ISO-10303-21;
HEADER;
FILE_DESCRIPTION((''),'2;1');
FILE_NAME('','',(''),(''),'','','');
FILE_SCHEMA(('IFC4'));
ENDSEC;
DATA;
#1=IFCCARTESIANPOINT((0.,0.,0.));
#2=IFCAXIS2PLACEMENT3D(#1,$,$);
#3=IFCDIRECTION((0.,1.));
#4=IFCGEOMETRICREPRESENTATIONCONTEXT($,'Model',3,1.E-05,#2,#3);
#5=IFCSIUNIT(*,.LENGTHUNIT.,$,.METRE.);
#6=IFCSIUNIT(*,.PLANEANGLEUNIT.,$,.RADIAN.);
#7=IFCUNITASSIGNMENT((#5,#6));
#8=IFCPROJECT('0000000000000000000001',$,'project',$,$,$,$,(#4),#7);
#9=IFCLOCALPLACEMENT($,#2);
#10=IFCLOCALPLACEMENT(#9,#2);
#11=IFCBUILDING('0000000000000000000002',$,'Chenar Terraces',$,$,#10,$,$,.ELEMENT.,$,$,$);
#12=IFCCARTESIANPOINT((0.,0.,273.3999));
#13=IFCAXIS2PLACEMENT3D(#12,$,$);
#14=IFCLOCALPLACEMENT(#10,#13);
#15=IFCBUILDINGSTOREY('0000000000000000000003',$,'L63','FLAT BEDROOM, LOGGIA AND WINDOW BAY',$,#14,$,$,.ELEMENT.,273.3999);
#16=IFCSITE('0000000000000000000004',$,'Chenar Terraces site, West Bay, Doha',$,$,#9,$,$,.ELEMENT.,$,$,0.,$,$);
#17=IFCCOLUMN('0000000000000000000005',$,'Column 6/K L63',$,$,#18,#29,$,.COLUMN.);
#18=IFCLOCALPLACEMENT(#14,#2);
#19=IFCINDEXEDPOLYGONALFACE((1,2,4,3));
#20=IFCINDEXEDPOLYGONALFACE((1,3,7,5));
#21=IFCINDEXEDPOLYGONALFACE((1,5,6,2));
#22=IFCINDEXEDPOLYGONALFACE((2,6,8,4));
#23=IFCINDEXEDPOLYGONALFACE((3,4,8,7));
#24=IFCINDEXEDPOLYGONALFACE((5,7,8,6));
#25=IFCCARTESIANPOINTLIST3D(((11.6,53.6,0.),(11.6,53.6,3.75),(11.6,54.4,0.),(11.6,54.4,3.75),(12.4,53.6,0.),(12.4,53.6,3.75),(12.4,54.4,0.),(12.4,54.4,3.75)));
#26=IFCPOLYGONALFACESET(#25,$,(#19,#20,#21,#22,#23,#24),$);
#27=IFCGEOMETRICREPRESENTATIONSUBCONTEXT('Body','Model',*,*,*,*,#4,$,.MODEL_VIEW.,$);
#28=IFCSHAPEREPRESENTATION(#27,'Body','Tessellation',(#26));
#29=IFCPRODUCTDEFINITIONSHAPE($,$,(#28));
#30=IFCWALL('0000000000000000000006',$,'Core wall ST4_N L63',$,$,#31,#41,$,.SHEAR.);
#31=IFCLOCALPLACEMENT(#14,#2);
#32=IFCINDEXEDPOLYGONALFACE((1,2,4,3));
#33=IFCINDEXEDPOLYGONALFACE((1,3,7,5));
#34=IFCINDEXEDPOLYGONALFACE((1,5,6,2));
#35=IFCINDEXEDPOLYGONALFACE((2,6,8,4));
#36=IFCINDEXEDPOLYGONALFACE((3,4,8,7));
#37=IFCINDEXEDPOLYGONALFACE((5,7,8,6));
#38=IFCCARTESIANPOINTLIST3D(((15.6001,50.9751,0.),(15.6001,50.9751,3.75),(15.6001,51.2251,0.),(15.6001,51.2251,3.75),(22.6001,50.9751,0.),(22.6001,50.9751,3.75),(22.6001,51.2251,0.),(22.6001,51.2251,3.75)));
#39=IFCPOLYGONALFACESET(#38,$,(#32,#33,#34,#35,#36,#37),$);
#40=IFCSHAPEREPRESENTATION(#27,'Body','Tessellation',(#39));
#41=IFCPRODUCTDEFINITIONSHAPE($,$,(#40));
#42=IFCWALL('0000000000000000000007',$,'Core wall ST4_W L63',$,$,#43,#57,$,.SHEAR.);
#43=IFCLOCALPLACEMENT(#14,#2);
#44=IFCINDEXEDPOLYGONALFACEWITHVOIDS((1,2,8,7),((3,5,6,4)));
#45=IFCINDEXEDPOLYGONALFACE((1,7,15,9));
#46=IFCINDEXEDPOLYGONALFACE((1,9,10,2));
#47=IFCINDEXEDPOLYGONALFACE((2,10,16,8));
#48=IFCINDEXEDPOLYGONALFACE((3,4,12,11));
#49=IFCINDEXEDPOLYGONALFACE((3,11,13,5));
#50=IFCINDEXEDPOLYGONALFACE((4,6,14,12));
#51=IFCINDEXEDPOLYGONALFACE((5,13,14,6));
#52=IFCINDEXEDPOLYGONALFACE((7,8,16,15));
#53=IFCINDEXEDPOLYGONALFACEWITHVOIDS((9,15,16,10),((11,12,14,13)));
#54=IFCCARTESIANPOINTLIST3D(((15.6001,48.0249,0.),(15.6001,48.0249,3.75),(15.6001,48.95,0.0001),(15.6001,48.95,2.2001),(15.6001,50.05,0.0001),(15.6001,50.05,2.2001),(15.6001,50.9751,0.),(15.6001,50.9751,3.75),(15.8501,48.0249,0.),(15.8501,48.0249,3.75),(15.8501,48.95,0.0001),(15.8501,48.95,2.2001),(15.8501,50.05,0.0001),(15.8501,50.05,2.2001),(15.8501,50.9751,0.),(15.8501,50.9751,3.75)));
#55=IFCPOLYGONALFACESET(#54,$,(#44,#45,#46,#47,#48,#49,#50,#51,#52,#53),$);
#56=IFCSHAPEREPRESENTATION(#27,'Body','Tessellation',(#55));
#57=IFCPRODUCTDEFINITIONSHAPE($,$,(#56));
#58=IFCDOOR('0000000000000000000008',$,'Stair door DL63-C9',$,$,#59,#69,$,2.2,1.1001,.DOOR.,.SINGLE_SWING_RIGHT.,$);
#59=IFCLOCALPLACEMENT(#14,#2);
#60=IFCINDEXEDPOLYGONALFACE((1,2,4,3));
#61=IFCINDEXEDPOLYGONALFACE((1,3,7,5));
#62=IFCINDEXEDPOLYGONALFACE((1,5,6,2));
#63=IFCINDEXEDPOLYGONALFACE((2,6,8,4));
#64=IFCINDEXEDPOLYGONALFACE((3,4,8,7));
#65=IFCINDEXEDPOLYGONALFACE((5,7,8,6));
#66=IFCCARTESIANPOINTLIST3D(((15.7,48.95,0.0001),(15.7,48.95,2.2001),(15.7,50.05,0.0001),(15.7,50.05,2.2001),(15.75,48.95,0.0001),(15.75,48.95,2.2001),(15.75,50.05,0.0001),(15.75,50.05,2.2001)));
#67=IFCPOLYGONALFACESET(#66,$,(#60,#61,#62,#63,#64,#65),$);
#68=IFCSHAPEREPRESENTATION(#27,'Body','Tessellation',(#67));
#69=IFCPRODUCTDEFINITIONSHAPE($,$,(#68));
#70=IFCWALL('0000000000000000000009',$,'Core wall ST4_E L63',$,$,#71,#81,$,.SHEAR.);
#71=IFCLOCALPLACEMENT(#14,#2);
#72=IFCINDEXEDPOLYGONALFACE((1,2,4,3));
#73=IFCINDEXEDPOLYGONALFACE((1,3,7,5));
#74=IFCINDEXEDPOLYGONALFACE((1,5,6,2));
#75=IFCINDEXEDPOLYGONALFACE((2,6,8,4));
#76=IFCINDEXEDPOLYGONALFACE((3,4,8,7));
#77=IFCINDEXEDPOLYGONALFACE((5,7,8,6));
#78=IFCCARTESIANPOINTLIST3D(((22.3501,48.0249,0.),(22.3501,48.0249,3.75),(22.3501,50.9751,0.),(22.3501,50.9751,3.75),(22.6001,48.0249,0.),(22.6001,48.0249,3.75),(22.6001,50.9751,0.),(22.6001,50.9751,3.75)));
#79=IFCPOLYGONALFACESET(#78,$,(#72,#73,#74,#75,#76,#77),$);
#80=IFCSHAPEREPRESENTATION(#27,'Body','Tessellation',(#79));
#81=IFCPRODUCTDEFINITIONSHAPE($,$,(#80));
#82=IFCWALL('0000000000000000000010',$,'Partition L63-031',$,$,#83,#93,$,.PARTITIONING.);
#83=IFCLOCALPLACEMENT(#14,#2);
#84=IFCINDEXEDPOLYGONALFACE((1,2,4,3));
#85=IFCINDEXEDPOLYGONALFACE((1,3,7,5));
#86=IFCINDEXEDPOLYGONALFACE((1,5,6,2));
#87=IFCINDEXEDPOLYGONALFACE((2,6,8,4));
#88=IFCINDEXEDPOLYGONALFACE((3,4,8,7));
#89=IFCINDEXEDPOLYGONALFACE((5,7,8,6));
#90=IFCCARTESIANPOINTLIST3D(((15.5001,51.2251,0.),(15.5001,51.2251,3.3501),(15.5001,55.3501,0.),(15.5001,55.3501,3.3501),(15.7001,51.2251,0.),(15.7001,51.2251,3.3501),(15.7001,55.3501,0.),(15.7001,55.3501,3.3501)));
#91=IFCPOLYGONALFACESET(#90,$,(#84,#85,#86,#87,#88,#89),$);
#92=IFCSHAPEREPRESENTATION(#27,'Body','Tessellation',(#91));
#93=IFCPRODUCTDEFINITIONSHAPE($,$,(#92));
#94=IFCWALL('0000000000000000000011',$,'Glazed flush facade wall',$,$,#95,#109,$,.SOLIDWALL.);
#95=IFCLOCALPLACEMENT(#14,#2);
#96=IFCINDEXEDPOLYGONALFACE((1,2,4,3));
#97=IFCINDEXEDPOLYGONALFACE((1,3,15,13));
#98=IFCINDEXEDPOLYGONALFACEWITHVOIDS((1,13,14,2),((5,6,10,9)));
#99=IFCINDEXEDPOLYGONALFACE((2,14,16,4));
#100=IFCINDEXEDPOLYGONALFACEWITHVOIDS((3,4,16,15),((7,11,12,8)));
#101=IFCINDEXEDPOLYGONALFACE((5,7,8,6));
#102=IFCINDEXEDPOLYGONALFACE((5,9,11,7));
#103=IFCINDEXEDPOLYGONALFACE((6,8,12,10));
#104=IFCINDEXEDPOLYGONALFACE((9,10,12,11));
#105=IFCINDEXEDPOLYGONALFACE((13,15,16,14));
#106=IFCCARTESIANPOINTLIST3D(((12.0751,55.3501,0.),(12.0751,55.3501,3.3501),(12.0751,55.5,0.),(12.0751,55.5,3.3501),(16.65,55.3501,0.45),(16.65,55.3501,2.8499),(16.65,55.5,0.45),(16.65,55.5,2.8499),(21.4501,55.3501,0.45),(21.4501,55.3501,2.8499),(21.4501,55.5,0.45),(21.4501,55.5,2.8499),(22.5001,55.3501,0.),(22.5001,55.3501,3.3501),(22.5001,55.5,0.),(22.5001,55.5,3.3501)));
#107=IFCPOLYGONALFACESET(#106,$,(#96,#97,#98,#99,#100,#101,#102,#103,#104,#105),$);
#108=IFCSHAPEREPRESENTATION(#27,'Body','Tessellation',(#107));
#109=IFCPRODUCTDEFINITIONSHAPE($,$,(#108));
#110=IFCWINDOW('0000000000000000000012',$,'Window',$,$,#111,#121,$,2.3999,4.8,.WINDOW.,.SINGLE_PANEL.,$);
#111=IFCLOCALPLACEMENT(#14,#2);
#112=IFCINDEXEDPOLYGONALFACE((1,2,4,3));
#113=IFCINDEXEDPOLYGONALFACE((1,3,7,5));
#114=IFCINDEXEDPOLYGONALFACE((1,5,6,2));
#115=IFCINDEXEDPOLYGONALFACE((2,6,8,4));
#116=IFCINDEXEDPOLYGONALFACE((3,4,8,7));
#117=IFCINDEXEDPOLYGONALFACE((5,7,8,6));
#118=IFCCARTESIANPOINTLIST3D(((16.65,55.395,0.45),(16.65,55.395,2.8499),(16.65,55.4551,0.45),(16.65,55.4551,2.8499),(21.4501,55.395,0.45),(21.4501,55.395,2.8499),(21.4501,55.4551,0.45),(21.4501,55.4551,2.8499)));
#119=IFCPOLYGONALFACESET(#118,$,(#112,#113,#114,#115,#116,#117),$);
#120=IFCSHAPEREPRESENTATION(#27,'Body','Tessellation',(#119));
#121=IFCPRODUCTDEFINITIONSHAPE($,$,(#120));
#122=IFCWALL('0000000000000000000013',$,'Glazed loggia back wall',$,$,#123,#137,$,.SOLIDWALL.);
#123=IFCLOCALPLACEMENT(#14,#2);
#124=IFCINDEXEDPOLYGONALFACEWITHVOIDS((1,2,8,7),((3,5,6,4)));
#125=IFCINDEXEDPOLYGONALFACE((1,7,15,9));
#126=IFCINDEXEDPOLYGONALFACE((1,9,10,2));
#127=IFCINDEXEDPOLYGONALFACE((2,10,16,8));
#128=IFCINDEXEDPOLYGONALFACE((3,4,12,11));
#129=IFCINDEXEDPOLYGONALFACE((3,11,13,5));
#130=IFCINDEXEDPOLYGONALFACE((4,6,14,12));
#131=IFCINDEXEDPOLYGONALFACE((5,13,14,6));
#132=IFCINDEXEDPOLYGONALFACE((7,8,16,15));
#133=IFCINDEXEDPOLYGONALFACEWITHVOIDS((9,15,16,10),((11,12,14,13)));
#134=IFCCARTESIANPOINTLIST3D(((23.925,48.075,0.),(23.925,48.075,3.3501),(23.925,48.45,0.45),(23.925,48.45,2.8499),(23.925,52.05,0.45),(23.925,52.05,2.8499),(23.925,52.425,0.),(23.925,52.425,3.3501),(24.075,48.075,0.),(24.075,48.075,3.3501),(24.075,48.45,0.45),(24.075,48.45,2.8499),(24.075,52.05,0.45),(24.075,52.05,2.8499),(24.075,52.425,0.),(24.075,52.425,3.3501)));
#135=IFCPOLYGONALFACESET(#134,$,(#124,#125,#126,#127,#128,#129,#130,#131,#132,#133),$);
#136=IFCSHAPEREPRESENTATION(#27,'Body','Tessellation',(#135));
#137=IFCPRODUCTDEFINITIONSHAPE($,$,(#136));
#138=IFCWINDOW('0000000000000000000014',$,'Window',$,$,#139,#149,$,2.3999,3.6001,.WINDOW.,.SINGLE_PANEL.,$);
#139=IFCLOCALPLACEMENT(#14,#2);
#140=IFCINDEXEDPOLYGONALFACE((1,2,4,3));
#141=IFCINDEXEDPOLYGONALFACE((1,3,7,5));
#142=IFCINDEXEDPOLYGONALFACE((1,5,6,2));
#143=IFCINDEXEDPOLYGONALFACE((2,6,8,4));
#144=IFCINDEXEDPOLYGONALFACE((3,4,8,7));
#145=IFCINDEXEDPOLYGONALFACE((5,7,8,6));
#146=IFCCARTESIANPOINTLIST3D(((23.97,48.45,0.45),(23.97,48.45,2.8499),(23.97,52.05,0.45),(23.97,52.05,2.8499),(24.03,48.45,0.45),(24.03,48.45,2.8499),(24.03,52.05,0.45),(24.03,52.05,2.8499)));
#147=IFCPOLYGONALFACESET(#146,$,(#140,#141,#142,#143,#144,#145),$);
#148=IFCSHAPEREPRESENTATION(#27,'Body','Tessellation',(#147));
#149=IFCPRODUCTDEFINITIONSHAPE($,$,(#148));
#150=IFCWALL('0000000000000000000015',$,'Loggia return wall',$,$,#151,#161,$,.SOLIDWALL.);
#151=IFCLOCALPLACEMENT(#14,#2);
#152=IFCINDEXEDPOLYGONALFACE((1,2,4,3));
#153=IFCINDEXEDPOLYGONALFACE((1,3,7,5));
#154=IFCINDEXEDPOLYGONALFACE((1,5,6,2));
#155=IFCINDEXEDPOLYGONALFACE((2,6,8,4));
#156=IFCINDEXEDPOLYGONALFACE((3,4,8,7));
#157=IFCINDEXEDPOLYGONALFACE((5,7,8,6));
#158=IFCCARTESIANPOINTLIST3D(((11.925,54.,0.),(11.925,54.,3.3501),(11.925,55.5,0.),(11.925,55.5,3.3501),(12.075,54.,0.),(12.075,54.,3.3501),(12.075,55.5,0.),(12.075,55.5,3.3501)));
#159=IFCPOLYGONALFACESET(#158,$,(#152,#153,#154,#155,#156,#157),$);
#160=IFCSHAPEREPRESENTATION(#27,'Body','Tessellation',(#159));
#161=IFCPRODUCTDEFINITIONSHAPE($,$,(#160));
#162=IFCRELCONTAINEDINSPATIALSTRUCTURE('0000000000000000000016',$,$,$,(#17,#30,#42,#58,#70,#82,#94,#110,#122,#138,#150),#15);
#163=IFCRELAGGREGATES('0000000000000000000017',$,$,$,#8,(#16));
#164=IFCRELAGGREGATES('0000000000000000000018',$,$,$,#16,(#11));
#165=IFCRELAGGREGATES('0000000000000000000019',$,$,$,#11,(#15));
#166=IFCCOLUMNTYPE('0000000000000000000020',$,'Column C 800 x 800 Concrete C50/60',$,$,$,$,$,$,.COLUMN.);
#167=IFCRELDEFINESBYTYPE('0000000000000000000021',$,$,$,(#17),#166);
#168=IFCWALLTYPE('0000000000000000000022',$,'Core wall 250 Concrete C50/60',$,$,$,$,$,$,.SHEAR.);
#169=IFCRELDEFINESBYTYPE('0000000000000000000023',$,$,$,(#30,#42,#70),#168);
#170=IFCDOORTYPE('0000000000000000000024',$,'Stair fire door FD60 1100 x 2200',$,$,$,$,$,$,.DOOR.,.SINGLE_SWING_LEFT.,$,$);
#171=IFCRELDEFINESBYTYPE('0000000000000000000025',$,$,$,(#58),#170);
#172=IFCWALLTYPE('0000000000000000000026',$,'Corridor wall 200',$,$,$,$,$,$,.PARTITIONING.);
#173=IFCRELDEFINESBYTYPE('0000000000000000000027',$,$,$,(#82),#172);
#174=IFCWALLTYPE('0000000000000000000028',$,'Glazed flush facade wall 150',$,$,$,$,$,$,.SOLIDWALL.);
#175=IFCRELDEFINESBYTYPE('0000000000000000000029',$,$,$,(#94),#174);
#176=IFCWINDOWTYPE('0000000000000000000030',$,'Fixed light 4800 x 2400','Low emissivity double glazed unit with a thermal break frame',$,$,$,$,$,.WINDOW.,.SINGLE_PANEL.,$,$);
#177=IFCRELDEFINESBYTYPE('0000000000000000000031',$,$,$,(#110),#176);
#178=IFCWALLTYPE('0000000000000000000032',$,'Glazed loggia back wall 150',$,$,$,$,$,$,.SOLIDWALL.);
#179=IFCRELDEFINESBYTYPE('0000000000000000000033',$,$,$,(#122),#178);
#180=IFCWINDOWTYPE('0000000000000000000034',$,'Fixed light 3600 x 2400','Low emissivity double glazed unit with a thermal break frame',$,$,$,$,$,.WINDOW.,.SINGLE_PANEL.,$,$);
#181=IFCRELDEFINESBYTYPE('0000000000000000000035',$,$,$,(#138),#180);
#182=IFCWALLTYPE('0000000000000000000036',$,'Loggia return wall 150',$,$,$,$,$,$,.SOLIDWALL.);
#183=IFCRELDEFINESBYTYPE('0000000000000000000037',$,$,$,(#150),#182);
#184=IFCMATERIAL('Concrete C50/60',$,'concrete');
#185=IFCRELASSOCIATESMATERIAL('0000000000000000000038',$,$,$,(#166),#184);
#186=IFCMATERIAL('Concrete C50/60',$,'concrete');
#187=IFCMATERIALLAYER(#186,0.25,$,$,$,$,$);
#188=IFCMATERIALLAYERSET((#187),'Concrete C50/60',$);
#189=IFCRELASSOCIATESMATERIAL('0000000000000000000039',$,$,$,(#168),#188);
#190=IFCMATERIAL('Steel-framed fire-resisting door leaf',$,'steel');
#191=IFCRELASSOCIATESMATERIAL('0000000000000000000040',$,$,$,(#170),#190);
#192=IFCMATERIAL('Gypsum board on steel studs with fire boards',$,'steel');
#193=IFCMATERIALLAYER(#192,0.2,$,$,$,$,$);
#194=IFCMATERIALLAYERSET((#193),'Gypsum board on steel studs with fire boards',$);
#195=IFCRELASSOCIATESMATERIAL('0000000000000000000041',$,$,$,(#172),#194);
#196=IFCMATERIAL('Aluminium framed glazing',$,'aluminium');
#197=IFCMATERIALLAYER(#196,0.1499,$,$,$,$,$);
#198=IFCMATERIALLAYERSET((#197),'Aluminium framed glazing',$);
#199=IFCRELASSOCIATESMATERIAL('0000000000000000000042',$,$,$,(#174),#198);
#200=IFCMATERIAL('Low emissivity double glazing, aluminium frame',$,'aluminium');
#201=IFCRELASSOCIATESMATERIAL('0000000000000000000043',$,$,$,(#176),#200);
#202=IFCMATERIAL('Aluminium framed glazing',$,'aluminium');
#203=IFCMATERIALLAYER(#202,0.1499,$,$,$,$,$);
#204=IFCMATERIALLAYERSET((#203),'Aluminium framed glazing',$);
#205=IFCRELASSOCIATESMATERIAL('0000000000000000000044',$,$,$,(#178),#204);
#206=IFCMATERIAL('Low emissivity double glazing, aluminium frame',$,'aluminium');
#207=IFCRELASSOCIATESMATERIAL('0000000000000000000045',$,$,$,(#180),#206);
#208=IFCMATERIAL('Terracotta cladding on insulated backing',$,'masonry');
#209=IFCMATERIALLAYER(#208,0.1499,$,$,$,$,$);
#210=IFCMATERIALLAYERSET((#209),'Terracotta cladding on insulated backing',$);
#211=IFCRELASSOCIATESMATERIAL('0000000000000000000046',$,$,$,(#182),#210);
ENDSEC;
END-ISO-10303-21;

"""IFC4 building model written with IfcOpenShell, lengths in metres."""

from ifc_helpers import new_model, si_unit, direction, frame, frame_2d, origin, origin_2d, place, context, subcontext, project, spatial, rectangle, extrude, material, layer, layer_set, material_profile, profile_set, type_object, element, fill, save


model = new_model("IFC4")

# Units and contexts
model_context = context("Model", 3, precision=1e-05, world=origin(), true_north=direction((0.0, 1.0)))
body_context = subcontext(model_context, "Body", "Model", "MODEL_VIEW")
ifc_project = project(units=[si_unit("LENGTHUNIT", "METRE"), si_unit("PLANEANGLEUNIT", "RADIAN")], contexts=[model_context])

# Site, building, storey
site_placement = place(None, origin())
site = spatial("IfcSite", under=ifc_project, at=site_placement, Name="Chenar Terraces site, West Bay, Doha", CompositionType="ELEMENT", RefElevation=0.0)
building_placement = place(site_placement, origin())
building = spatial("IfcBuilding", under=site, at=building_placement, Name="Chenar Terraces", CompositionType="ELEMENT")
storey_placement = place(building_placement, frame((0.0, 0.0, 273.3999)))
storey = spatial("IfcBuildingStorey", under=building, at=storey_placement, Name="L63", Description="FLAT BEDROOM, LOGGIA AND WINDOW BAY", CompositionType="ELEMENT", Elevation=273.3999)

# Column
ifc_material_1 = material(Name="Concrete C50/60", Category="concrete")
ifc_material_profile_1 = material_profile(ifc_material_1, rectangle(XDim=0.8, YDim=0.8, at=origin_2d()), Name="C 800 x 800")
ifc_profile_set_1 = profile_set([ifc_material_profile_1], Name="Concrete C50/60")
column_type = type_object("IfcColumnType", Name="Column C 800 x 800 Concrete C50/60", PredefinedType="COLUMN", material=ifc_profile_set_1)
column_placement = place(storey_placement, frame((12.0, 54.0, 0.0), z_axis=(0.0, 0.0, 1.0), x_axis=(1.0, 0.0, 0.0)))
element("IfcColumn", 1, at=column_placement, inside=storey, type_object=column_type, Name="Column 6/K L63", PredefinedType="COLUMN", context=body_context, shape_type="SweptSolid", body=[
    extrude(rectangle(XDim=0.8, YDim=0.8, at=origin_2d()), origin(), (0.0, 0.0, 1.0), 3.75),
])

# Wall
ifc_material_2 = material(Name="Concrete C50/60", Category="concrete")
ifc_layer_1 = layer(ifc_material_2, 0.25)
ifc_layer_set_1 = layer_set([ifc_layer_1], Name="Concrete C50/60")
wall_type_1 = type_object("IfcWallType", Name="Core wall 250 Concrete C50/60", PredefinedType="SHEAR", material=ifc_layer_set_1)
wall_1_placement = place(storey_placement, frame((15.6001, 51.1001, 0.0), z_axis=(0.0, 0.0, 1.0), x_axis=(1.0, 0.0, 0.0)))
element("IfcWall", 2, at=wall_1_placement, inside=storey, type_object=wall_type_1, Name="Core wall ST4_N L63", PredefinedType="SHEAR", context=body_context, shape_type="SweptSolid", body=[
    extrude(rectangle(XDim=7.0, YDim=0.25, at=frame_2d((3.5, 0.0))), origin(), (0.0, 0.0, 1.0), 3.75),
])

# Wall, opening, door
wall_2_placement = place(storey_placement, frame((15.7251, 48.0249, 0.0), z_axis=(0.0, 0.0, 1.0), x_axis=(0.0, 1.0, 0.0)))
wall_2 = element("IfcWall", 3, at=wall_2_placement, inside=storey, type_object=wall_type_1, Name="Core wall ST4_W L63", PredefinedType="SHEAR", context=body_context, shape_type="SweptSolid", body=[
    extrude(rectangle(XDim=2.9502, YDim=0.25, at=frame_2d((1.4751, 0.0))), origin(), (0.0, 0.0, 1.0), 3.75),
])
opening_1_placement = place(wall_2_placement, frame((0.925, 0.0, 0.0)))
opening_1 = element("IfcOpeningElement", 4, at=opening_1_placement, cuts=wall_2, PredefinedType="OPENING", context=body_context, shape_type="SweptSolid", body=[
    extrude(rectangle(XDim=1.1001, YDim=2.2, at=frame_2d((0.55, 1.1001))), frame((0.0, 0.135, 0.0), z_axis=(0.0, -1.0, 0.0), x_axis=(1.0, 0.0, 0.0)), (0.0, 0.0, 1.0), 0.27),
])
ifc_material_3 = material(Name="Steel-framed fire-resisting door leaf", Category="steel")
door_type_1 = type_object("IfcDoorType", Name="Stair fire door FD60 1100 x 2200", OperationType="SINGLE_SWING_LEFT", PredefinedType="DOOR", material=ifc_material_3)
door_1_placement = place(opening_1_placement, frame((1.1001, 0.0, 0.0), z_axis=(0.0, 0.0, 1.0), x_axis=(-1.0, 0.0, 0.0)))
door_1 = element("IfcDoor", 5, at=door_1_placement, inside=storey, type_object=door_type_1, Name="Stair door DL63-C9", OperationType="SINGLE_SWING_RIGHT", OverallHeight=2.2, OverallWidth=1.1001, PredefinedType="DOOR", context=body_context, shape_type="SweptSolid", body=[
    extrude(rectangle(XDim=1.1001, YDim=2.2, at=frame_2d((0.55, 1.1001))), frame((0.0, 0.0249, 0.0), z_axis=(0.0, -1.0, 0.0), x_axis=(1.0, 0.0, 0.0)), (0.0, 0.0, 1.0), 0.05),
])
fill(opening_1, door_1)

# Walls
wall_3_placement = place(storey_placement, frame((22.4751, 48.0249, 0.0), z_axis=(0.0, 0.0, 1.0), x_axis=(0.0, 1.0, 0.0)))
element("IfcWall", 6, at=wall_3_placement, inside=storey, type_object=wall_type_1, Name="Core wall ST4_E L63", PredefinedType="SHEAR", context=body_context, shape_type="SweptSolid", body=[
    extrude(rectangle(XDim=2.9502, YDim=0.25, at=frame_2d((1.4751, 0.0))), origin(), (0.0, 0.0, 1.0), 3.75),
])
ifc_material_4 = material(Name="Gypsum board on steel studs with fire boards", Category="steel")
ifc_layer_2 = layer(ifc_material_4, 0.2)
ifc_layer_set_2 = layer_set([ifc_layer_2], Name="Gypsum board on steel studs with fire boards")
wall_type_2 = type_object("IfcWallType", Name="Corridor wall 200", PredefinedType="PARTITIONING", material=ifc_layer_set_2)
wall_4_placement = place(storey_placement, frame((15.6001, 51.2251, 0.0), z_axis=(0.0, 0.0, 1.0), x_axis=(0.0, 1.0, 0.0)))
element("IfcWall", 7, at=wall_4_placement, inside=storey, type_object=wall_type_2, Name="Partition L63-031", PredefinedType="PARTITIONING", context=body_context, shape_type="SweptSolid", body=[
    extrude(rectangle(XDim=4.125, YDim=0.2, at=frame_2d((2.0625, 0.0))), origin(), (0.0, 0.0, 1.0), 3.3501),
])

# Walls, openings, windows
ifc_material_5 = material(Name="Aluminium framed glazing", Category="aluminium")
ifc_layer_3 = layer(ifc_material_5, 0.1499)
ifc_layer_set_3 = layer_set([ifc_layer_3], Name="Aluminium framed glazing")
wall_type_3 = type_object("IfcWallType", Name="Glazed flush facade wall 150", PredefinedType="SOLIDWALL", material=ifc_layer_set_3)
wall_5_placement = place(storey_placement, frame((22.5, 55.425, 0.0), z_axis=(0.0, 0.0, 1.0), x_axis=(-1.0, 0.0, 0.0)))
wall_5 = element("IfcWall", 8, at=wall_5_placement, inside=storey, type_object=wall_type_3, Name="Glazed flush facade wall", PredefinedType="SOLIDWALL", context=body_context, shape_type="SweptSolid", body=[
    extrude(rectangle(XDim=10.425, YDim=0.1499, at=frame_2d((5.2124, 0.0))), origin(), (0.0, 0.0, 1.0), 3.3501),
])
opening_2_placement = place(wall_5_placement, frame((1.05, 0.0, 0.45)))
opening_2 = element("IfcOpeningElement", 9, at=opening_2_placement, cuts=wall_5, PredefinedType="OPENING", context=body_context, shape_type="SweptSolid", body=[
    extrude(rectangle(XDim=4.8, YDim=2.3999, at=frame_2d((2.3999, 1.2))), frame((0.0, 0.085, 0.0), z_axis=(0.0, -1.0, 0.0), x_axis=(1.0, 0.0, 0.0)), (0.0, 0.0, 1.0), 0.1699),
])
ifc_material_6 = material(Name="Low emissivity double glazing, aluminium frame", Category="aluminium")
window_type_1 = type_object("IfcWindowType", Name="Fixed light 4800 x 2400", Description="Low emissivity double glazed unit with a thermal break frame", PartitioningType="SINGLE_PANEL", PredefinedType="WINDOW", material=ifc_material_6)
window_1_placement = place(opening_2_placement, origin())
window_1 = element("IfcWindow", 10, at=window_1_placement, inside=storey, type_object=window_type_1, Name="Window", OverallHeight=2.3999, OverallWidth=4.8, PartitioningType="SINGLE_PANEL", PredefinedType="WINDOW", context=body_context, shape_type="SweptSolid", body=[
    extrude(rectangle(XDim=4.8, YDim=2.3999, at=frame_2d((2.3999, 1.2))), frame((0.0, 0.03, 0.0), z_axis=(0.0, -1.0, 0.0), x_axis=(1.0, 0.0, 0.0)), (0.0, 0.0, 1.0), 0.0601),
])
fill(opening_2, window_1)
ifc_material_7 = material(Name="Aluminium framed glazing", Category="aluminium")
ifc_layer_4 = layer(ifc_material_7, 0.1499)
ifc_layer_set_4 = layer_set([ifc_layer_4], Name="Aluminium framed glazing")
wall_type_4 = type_object("IfcWallType", Name="Glazed loggia back wall 150", PredefinedType="SOLIDWALL", material=ifc_layer_set_4)
wall_6_placement = place(storey_placement, frame((24.0, 48.075, 0.0), z_axis=(0.0, 0.0, 1.0), x_axis=(0.0, 1.0, 0.0)))
wall_6 = element("IfcWall", 11, at=wall_6_placement, inside=storey, type_object=wall_type_4, Name="Glazed loggia back wall", PredefinedType="SOLIDWALL", context=body_context, shape_type="SweptSolid", body=[
    extrude(rectangle(XDim=4.3501, YDim=0.1499, at=frame_2d((2.175, 0.0))), origin(), (0.0, 0.0, 1.0), 3.3501),
])
opening_3_placement = place(wall_6_placement, frame((0.375, 0.0, 0.45)))
opening_3 = element("IfcOpeningElement", 12, at=opening_3_placement, cuts=wall_6, PredefinedType="OPENING", context=body_context, shape_type="SweptSolid", body=[
    extrude(rectangle(XDim=3.6001, YDim=2.3999, at=frame_2d((1.8, 1.2))), frame((0.0, 0.085, 0.0), z_axis=(0.0, -1.0, 0.0), x_axis=(1.0, 0.0, 0.0)), (0.0, 0.0, 1.0), 0.1699),
])
ifc_material_8 = material(Name="Low emissivity double glazing, aluminium frame", Category="aluminium")
window_type_2 = type_object("IfcWindowType", Name="Fixed light 3600 x 2400", Description="Low emissivity double glazed unit with a thermal break frame", PartitioningType="SINGLE_PANEL", PredefinedType="WINDOW", material=ifc_material_8)
window_2_placement = place(opening_3_placement, origin())
window_2 = element("IfcWindow", 13, at=window_2_placement, inside=storey, type_object=window_type_2, Name="Window", OverallHeight=2.3999, OverallWidth=3.6001, PartitioningType="SINGLE_PANEL", PredefinedType="WINDOW", context=body_context, shape_type="SweptSolid", body=[
    extrude(rectangle(XDim=3.6001, YDim=2.3999, at=frame_2d((1.8, 1.2))), frame((0.0, 0.03, 0.0), z_axis=(0.0, -1.0, 0.0), x_axis=(1.0, 0.0, 0.0)), (0.0, 0.0, 1.0), 0.0601),
])
fill(opening_3, window_2)

# Wall
ifc_material_9 = material(Name="Terracotta cladding on insulated backing", Category="masonry")
ifc_layer_5 = layer(ifc_material_9, 0.1499)
ifc_layer_set_5 = layer_set([ifc_layer_5], Name="Terracotta cladding on insulated backing")
wall_type_5 = type_object("IfcWallType", Name="Loggia return wall 150", PredefinedType="SOLIDWALL", material=ifc_layer_set_5)
wall_7_placement = place(storey_placement, frame((12.0, 55.5, 0.0), z_axis=(0.0, 0.0, 1.0), x_axis=(0.0, -1.0, 0.0)))
element("IfcWall", 14, at=wall_7_placement, inside=storey, type_object=wall_type_5, Name="Loggia return wall", PredefinedType="SOLIDWALL", context=body_context, shape_type="SweptSolid", body=[
    extrude(rectangle(XDim=1.5, YDim=0.1499, at=frame_2d((0.75, 0.0))), origin(), (0.0, 0.0, 1.0), 3.3501),
])

save(model, "model.ifc")
